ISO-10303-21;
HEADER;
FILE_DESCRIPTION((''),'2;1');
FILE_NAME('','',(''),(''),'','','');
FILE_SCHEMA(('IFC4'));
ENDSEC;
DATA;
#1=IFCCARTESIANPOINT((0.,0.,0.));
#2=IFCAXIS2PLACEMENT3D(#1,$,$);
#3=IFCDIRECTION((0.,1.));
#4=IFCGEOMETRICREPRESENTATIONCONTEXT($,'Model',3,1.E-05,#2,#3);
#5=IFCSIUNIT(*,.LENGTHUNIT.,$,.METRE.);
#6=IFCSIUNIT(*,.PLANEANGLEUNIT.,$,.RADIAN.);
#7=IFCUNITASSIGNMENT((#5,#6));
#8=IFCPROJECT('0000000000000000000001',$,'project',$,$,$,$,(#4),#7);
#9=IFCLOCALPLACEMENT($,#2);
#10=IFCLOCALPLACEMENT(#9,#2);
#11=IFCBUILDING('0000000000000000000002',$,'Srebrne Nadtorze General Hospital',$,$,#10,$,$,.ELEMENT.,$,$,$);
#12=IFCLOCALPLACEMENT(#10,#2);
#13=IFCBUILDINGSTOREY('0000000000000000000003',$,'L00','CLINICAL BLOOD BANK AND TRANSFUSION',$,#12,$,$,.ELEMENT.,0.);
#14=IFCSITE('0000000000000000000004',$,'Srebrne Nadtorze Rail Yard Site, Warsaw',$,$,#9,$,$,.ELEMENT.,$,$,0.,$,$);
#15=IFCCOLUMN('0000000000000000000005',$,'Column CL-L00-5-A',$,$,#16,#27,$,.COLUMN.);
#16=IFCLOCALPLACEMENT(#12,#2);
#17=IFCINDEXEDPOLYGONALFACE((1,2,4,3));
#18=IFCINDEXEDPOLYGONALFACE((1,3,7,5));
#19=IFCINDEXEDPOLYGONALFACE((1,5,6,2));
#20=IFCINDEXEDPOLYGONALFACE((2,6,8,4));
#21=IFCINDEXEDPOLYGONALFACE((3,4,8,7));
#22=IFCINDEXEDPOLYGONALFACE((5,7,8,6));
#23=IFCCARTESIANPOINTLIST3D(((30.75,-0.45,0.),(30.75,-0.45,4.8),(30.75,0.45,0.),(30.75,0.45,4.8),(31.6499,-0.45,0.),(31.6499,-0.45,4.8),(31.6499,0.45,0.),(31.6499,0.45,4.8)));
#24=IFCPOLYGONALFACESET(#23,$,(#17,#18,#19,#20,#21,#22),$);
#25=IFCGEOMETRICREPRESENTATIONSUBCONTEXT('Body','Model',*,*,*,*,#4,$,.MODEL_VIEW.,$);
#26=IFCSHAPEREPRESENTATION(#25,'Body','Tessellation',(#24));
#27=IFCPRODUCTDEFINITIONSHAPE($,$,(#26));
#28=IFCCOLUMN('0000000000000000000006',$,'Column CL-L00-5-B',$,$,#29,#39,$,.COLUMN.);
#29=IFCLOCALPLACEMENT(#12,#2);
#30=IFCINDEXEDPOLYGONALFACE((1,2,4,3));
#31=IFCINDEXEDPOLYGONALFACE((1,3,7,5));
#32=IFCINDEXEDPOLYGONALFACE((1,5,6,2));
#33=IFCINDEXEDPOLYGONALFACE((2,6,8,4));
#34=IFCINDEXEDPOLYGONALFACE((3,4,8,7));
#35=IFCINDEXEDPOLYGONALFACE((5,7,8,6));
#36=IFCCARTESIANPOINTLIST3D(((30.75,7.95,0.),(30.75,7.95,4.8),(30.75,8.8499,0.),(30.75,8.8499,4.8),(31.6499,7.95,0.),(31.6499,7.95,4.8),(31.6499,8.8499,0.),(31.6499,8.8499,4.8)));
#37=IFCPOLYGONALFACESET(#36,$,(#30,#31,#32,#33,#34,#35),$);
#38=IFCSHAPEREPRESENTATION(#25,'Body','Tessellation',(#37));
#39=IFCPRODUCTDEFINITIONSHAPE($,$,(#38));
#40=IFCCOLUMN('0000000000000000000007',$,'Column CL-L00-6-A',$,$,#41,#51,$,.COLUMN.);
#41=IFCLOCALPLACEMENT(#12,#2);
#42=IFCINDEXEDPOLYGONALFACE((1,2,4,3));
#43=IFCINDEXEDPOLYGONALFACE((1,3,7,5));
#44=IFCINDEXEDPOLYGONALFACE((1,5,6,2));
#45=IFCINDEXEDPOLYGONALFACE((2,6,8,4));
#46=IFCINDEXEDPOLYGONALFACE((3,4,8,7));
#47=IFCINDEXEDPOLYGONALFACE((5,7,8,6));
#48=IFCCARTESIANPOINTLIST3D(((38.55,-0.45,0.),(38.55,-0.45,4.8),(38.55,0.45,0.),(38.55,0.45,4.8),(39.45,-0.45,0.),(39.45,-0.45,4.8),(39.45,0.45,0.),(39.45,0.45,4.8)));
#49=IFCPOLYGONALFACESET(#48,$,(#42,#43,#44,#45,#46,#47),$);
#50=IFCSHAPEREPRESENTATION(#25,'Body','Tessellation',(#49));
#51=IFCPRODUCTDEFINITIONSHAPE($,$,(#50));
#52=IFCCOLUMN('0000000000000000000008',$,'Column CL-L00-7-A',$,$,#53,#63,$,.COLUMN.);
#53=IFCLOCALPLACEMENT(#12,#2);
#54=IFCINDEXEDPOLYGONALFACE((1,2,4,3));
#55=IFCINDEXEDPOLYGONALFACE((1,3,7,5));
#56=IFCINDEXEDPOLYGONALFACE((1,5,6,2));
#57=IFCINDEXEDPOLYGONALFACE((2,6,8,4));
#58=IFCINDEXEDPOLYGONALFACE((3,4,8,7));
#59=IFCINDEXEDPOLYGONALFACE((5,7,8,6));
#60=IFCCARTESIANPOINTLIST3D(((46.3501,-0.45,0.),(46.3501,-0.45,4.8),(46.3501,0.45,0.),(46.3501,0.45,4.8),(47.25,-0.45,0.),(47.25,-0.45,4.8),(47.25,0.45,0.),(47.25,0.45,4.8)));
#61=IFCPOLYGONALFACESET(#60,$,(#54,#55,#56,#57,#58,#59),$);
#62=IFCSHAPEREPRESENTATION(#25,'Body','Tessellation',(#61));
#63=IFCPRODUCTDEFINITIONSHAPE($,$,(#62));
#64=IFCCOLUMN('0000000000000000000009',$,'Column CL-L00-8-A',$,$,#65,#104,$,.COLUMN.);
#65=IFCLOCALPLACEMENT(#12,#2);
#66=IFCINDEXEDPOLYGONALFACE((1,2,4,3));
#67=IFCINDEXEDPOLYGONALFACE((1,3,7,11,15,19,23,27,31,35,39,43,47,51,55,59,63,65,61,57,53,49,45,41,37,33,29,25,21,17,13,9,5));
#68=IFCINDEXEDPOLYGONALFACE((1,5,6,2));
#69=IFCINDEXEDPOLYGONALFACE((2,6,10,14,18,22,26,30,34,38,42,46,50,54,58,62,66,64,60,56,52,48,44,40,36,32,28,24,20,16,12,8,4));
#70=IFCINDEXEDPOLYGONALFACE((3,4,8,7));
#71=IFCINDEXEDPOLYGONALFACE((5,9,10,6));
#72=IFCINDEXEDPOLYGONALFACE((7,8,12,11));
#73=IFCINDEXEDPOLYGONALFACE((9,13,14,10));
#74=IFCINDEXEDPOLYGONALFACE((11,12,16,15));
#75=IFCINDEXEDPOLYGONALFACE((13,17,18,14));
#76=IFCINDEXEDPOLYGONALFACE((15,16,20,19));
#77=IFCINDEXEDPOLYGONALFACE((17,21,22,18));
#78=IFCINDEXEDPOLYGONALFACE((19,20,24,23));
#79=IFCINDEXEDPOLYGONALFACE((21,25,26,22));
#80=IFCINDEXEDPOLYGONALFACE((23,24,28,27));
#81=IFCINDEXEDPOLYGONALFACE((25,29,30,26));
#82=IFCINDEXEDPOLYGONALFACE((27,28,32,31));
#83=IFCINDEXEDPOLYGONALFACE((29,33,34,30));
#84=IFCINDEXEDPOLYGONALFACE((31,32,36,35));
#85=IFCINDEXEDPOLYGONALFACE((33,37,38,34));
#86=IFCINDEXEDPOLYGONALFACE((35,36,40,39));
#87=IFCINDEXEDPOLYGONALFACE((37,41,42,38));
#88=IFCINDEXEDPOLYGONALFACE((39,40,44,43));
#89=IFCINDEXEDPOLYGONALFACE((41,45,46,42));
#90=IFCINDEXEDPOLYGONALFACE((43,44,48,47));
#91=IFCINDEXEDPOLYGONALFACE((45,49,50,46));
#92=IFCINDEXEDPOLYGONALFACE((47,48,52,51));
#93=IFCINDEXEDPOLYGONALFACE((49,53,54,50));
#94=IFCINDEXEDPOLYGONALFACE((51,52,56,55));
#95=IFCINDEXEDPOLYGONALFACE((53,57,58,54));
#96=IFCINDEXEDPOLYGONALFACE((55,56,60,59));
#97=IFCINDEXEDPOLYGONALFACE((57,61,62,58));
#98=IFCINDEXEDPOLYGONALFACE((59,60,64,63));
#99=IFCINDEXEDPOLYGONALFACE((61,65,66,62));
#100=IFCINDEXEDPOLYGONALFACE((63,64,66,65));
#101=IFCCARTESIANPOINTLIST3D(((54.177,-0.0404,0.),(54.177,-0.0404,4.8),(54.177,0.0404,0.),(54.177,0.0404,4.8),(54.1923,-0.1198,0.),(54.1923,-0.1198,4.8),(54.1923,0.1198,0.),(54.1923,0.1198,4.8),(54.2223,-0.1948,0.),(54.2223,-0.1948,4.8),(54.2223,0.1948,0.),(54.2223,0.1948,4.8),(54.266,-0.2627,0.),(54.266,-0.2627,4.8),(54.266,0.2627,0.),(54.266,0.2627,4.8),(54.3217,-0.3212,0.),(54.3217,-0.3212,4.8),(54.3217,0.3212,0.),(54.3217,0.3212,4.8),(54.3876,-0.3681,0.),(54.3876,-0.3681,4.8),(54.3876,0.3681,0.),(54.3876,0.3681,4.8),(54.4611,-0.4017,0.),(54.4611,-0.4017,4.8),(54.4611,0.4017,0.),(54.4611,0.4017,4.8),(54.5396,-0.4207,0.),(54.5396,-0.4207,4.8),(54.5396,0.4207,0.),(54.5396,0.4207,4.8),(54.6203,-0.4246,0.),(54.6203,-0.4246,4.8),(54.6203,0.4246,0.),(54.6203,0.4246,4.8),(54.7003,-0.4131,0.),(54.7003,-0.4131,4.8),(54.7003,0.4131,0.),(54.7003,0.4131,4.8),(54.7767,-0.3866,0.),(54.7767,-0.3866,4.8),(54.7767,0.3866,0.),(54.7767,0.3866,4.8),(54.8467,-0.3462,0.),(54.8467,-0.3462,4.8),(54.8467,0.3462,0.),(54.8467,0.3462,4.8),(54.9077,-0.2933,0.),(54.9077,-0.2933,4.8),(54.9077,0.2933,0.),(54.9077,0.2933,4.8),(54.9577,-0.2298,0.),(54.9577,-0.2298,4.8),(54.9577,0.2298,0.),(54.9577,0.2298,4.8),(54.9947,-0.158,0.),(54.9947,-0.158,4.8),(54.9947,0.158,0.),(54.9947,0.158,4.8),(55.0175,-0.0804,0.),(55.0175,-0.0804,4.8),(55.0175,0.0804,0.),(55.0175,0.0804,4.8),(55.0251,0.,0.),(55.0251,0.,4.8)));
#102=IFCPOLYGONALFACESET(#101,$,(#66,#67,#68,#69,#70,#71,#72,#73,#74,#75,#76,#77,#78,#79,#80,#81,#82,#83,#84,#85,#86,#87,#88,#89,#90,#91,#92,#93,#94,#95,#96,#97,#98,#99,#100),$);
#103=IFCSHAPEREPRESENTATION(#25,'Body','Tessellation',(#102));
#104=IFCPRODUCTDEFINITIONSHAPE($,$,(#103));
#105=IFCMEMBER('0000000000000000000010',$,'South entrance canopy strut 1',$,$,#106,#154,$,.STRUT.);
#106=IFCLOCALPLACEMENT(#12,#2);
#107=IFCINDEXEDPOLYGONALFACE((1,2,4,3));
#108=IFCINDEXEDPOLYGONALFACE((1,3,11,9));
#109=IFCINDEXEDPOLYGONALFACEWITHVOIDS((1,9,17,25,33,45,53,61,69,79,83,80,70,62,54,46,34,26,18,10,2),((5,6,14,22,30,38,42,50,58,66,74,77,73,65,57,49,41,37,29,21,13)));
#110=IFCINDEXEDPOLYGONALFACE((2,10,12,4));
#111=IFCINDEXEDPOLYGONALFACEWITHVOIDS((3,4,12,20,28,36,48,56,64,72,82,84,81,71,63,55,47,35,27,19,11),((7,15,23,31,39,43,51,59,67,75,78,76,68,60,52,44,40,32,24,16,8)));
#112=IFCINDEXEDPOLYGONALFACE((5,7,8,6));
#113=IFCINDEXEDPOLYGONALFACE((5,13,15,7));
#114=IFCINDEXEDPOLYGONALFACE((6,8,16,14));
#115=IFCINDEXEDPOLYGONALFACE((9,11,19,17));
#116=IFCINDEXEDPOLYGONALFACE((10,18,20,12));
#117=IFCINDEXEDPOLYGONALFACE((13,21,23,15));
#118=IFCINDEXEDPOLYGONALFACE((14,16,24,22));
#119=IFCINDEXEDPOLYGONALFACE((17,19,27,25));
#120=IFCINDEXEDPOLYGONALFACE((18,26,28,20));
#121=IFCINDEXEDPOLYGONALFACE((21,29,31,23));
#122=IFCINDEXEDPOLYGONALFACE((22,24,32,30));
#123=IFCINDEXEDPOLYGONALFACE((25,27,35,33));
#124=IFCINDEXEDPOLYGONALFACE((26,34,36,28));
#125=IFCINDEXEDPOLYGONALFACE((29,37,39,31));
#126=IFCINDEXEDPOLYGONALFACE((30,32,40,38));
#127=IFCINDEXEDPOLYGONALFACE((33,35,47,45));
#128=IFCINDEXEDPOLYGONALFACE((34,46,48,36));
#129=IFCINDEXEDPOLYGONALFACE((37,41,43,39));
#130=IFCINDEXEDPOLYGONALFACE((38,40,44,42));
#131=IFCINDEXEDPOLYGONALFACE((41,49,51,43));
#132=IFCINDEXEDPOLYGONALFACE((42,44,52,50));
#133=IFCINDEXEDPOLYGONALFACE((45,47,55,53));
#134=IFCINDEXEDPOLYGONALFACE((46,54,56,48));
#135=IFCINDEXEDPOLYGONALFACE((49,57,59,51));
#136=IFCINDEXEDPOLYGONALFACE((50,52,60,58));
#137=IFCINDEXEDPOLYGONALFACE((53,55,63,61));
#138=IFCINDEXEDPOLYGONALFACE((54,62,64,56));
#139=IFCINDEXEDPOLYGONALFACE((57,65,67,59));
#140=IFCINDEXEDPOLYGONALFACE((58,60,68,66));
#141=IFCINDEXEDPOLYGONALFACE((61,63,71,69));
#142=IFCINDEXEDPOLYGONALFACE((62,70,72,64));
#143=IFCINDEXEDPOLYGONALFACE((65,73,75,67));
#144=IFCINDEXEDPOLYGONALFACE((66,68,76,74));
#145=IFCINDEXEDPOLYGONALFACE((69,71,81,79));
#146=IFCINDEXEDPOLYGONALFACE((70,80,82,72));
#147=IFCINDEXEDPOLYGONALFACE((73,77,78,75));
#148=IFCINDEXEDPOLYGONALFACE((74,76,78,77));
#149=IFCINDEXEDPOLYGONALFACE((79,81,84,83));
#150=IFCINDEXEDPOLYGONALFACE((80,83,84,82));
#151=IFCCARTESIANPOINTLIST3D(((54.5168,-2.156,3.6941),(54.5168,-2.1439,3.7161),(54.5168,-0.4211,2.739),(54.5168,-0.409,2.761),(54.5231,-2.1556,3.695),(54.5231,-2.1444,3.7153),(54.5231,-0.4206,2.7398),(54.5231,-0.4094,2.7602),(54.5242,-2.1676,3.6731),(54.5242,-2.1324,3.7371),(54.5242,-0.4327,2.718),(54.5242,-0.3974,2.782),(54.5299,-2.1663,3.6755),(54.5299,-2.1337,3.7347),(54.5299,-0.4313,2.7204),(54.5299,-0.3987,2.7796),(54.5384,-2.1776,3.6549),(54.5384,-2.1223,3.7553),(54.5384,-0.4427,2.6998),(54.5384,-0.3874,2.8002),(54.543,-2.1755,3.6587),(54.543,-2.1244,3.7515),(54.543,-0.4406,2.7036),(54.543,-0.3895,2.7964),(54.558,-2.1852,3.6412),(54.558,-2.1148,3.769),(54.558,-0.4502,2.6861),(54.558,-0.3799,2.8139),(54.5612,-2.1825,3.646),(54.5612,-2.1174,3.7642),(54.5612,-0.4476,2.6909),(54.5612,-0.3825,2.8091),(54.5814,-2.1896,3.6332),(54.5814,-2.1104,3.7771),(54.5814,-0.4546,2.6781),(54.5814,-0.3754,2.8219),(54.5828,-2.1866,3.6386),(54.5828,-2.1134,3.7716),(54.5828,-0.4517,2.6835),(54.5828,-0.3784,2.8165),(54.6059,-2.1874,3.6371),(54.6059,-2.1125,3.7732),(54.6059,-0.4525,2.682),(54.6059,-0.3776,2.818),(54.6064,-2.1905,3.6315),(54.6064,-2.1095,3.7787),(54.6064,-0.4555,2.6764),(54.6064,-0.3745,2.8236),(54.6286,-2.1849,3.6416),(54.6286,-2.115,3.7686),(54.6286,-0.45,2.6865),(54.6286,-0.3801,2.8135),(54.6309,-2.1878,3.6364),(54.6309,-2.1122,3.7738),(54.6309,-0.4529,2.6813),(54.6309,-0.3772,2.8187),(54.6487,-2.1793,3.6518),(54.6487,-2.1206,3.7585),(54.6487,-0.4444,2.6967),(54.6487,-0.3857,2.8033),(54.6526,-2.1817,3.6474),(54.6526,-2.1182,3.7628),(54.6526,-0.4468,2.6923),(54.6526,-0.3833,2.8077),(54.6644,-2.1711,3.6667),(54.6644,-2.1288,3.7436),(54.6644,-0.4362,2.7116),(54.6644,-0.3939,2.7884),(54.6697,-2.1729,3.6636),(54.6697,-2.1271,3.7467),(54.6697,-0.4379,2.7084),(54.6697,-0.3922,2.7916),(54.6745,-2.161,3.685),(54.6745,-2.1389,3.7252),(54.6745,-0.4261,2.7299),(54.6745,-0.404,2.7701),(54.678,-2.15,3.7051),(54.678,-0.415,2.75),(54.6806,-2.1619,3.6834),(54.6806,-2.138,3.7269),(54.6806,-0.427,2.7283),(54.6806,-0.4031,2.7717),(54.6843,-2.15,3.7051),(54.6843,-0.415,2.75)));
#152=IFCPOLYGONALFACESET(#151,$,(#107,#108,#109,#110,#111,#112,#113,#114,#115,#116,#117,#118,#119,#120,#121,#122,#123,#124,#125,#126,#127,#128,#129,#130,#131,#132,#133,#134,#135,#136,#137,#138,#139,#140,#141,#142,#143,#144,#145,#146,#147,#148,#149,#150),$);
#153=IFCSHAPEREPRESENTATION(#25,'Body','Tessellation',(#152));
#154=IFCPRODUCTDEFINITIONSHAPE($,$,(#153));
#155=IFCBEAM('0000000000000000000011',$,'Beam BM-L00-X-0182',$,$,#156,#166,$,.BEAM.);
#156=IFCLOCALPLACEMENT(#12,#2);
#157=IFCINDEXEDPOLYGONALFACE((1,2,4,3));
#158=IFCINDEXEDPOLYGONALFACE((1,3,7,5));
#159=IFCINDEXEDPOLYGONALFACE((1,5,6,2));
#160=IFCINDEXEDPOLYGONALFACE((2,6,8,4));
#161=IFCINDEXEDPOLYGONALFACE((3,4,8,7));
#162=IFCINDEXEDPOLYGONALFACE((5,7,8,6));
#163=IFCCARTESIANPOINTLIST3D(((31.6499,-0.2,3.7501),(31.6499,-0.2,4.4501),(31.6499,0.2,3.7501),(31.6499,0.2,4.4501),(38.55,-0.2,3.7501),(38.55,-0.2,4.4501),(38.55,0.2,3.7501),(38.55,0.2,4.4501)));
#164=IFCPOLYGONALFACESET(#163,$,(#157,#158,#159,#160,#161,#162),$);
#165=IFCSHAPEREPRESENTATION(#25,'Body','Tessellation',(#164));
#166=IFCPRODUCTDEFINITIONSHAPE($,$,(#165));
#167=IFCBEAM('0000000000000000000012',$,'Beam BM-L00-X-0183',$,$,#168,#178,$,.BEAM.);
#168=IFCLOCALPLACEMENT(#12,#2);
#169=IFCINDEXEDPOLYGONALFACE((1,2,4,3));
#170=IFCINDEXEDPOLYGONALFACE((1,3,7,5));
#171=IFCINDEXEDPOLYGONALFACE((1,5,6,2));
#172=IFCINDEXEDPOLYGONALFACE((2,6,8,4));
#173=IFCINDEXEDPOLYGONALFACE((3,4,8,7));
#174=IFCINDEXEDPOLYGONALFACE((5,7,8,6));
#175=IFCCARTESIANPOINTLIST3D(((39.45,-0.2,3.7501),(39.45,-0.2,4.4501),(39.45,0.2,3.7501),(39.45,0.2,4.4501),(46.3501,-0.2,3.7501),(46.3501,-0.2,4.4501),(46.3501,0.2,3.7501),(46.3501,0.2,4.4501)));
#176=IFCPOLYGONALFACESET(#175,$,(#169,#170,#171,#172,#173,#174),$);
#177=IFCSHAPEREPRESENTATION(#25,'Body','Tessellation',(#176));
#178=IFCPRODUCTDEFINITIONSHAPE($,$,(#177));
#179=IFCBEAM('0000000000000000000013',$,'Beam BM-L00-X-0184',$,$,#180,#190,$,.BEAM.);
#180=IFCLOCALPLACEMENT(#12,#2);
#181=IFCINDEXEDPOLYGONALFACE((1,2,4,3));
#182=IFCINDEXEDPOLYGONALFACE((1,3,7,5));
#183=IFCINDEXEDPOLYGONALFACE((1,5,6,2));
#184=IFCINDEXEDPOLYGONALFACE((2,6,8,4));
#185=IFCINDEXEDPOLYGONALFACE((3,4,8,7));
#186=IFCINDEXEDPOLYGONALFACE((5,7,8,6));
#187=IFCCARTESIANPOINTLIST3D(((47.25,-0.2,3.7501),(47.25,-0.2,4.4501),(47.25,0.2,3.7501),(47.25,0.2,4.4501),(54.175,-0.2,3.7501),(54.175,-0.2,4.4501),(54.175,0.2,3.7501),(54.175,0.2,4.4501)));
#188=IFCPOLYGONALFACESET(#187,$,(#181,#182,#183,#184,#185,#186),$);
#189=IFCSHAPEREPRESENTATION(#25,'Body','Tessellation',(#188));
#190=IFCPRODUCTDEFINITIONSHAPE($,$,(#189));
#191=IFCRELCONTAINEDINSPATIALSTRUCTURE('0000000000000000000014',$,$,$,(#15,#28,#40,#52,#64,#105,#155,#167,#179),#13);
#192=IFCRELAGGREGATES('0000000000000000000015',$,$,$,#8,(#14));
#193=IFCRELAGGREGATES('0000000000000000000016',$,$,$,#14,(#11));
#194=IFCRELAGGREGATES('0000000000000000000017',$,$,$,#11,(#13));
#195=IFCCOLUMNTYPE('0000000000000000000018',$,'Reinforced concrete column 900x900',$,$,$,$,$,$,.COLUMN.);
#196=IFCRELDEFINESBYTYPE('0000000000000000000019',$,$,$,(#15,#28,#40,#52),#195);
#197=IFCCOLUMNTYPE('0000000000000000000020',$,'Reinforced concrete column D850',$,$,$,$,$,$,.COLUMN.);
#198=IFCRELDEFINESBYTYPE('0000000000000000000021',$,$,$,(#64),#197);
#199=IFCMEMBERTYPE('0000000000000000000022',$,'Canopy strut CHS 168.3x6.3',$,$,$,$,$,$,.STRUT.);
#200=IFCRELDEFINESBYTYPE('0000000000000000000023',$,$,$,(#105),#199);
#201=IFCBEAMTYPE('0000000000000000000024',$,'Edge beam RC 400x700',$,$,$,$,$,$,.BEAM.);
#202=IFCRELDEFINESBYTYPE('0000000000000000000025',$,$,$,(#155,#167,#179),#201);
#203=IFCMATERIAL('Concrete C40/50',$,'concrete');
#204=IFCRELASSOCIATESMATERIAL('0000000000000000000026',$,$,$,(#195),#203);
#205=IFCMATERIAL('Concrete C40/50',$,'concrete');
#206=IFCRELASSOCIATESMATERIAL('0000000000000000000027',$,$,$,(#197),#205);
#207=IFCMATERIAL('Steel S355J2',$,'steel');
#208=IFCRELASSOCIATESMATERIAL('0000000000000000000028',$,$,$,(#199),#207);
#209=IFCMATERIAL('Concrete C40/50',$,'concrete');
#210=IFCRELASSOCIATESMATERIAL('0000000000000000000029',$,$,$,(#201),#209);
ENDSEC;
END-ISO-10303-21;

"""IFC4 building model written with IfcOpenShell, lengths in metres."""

from ifc_helpers import new_model, si_unit, direction, frame, origin, origin_2d, place, context, subcontext, project, spatial, rectangle, circle, hollow_circle, extrude, material, material_profile, profile_set, type_object, element, save


model = new_model("IFC4")

# Units and contexts
model_context = context("Model", 3, precision=1e-05, world=origin(), true_north=direction((0.0, 1.0)))
body_context = subcontext(model_context, "Body", "Model", "MODEL_VIEW")
ifc_project = project(units=[si_unit("LENGTHUNIT", "METRE"), si_unit("PLANEANGLEUNIT", "RADIAN")], contexts=[model_context])

# Site, building, storey
site_placement = place(None, origin())
site = spatial("IfcSite", under=ifc_project, at=site_placement, Name="Srebrne Nadtorze Rail Yard Site, Warsaw", CompositionType="ELEMENT", RefElevation=0.0)
building_placement = place(site_placement, origin())
building = spatial("IfcBuilding", under=site, at=building_placement, Name="Srebrne Nadtorze General Hospital", CompositionType="ELEMENT")
storey_placement = place(building_placement, origin())
storey = spatial("IfcBuildingStorey", under=building, at=storey_placement, Name="L00", Description="CLINICAL BLOOD BANK AND TRANSFUSION", CompositionType="ELEMENT", Elevation=0.0)

# Columns
ifc_material_1 = material(Name="Concrete C40/50", Category="concrete")
ifc_material_profile_1 = material_profile(ifc_material_1, rectangle(XDim=0.8999, YDim=0.8999, at=origin_2d()), Name="RC-COL-900x900")
ifc_profile_set_1 = profile_set([ifc_material_profile_1], Name="Concrete C40/50")
column_type_1 = type_object("IfcColumnType", Name="Reinforced concrete column 900x900", PredefinedType="COLUMN", material=ifc_profile_set_1)
for number, where, z_axis, x_axis, name in (
    (1, (31.2, 0.0, 0.0), (0.0, 0.0, 1.0), (1.0, 0.0, 0.0), "Column CL-L00-5-A"),
    (2, (31.2, 8.3999, 0.0), (0.0, 0.0, 1.0), (1.0, 0.0, 0.0), "Column CL-L00-5-B"),
    (3, (39.0, 0.0, 0.0), (0.0, 0.0, 1.0), (1.0, 0.0, 0.0), "Column CL-L00-6-A"),
    (4, (46.8, 0.0, 0.0), (0.0, 0.0, 1.0), (1.0, 0.0, 0.0), "Column CL-L00-7-A"),
):
    element("IfcColumn", number, at=place(storey_placement, frame(where, z_axis=z_axis, x_axis=x_axis)), inside=storey, type_object=column_type_1, Name=name, PredefinedType="COLUMN", context=body_context, shape_type="SweptSolid", body=[
        extrude(rectangle(XDim=0.8999, YDim=0.8999, at=origin_2d()), origin(), (0.0, 0.0, 1.0), 4.8),
    ])
ifc_material_2 = material(Name="Concrete C40/50", Category="concrete")
ifc_material_profile_2 = material_profile(ifc_material_2, circle(Radius=0.425, at=origin_2d()), Name="RC-COL-D850")
ifc_profile_set_2 = profile_set([ifc_material_profile_2], Name="Concrete C40/50")
column_type_2 = type_object("IfcColumnType", Name="Reinforced concrete column D850", PredefinedType="COLUMN", material=ifc_profile_set_2)
column_placement = place(storey_placement, frame((54.6001, 0.0, 0.0), z_axis=(0.0, 0.0, 1.0), x_axis=(1.0, 0.0, 0.0)))
element("IfcColumn", 5, at=column_placement, inside=storey, type_object=column_type_2, Name="Column CL-L00-8-A", PredefinedType="COLUMN", context=body_context, shape_type="SweptSolid", body=[
    extrude(circle(Radius=0.425, at=origin_2d()), origin(), (0.0, 0.0, 1.0), 4.8),
])

# Member
ifc_material_3 = material(Name="Steel S355J2", Category="steel")
ifc_material_profile_3 = material_profile(ifc_material_3, hollow_circle(Radius=0.0842, WallThickness=0.0063, at=origin_2d()), Name="CHS-168.3x6.3")
ifc_profile_set_3 = profile_set([ifc_material_profile_3], Name="Steel S355J2")
member_type = type_object("IfcMemberType", Name="Canopy strut CHS 168.3x6.3", PredefinedType="STRUT", material=ifc_profile_set_3)
member_placement = place(storey_placement, frame((54.6001, -0.415, 2.75), z_axis=(0.0, -0.876023, 0.482269), x_axis=(1.0, 0.0, 0.0)))
element("IfcMember", 6, at=member_placement, inside=storey, type_object=member_type, Name="South entrance canopy strut 1", PredefinedType="STRUT", context=body_context, shape_type="SweptSolid", body=[
    extrude(hollow_circle(Radius=0.0842, WallThickness=0.0063, at=origin_2d()), origin(), (0.0, 0.0, 1.0), 1.9805),
])

# Beams
ifc_material_4 = material(Name="Concrete C40/50", Category="concrete")
ifc_material_profile_4 = material_profile(ifc_material_4, rectangle(XDim=0.3999, YDim=0.7, at=origin_2d()), Name="RC-BM-400x700")
ifc_profile_set_4 = profile_set([ifc_material_profile_4], Name="Concrete C40/50")
beam_type_1 = type_object("IfcBeamType", Name="Edge beam RC 400x700", PredefinedType="BEAM", material=ifc_profile_set_4)
for number, where, z_axis, x_axis, name in (
    (7, (31.6499, 0.0, 4.1001), (1.0, 0.0, 0.0), (0.0, 1.0, 0.0), "Beam BM-L00-X-0182"),
    (8, (39.45, 0.0, 4.1001), (1.0, 0.0, 0.0), (0.0, 1.0, 0.0), "Beam BM-L00-X-0183"),
):
    element("IfcBeam", number, at=place(storey_placement, frame(where, z_axis=z_axis, x_axis=x_axis)), inside=storey, type_object=beam_type_1, Name=name, PredefinedType="BEAM", context=body_context, shape_type="SweptSolid", body=[
        extrude(rectangle(XDim=0.3999, YDim=0.7, at=origin_2d()), origin(), (0.0, 0.0, 1.0), 6.9001),
    ])
beam_1_placement = place(storey_placement, frame((47.25, 0.0, 4.1001), z_axis=(1.0, 0.0, 0.0), x_axis=(0.0, 1.0, 0.0)))
element("IfcBeam", 9, at=beam_1_placement, inside=storey, type_object=beam_type_1, Name="Beam BM-L00-X-0184", PredefinedType="BEAM", context=body_context, shape_type="SweptSolid", body=[
    extrude(rectangle(XDim=0.3999, YDim=0.7, at=origin_2d()), origin(), (0.0, 0.0, 1.0), 6.925),
])

save(model, "model.ifc")
